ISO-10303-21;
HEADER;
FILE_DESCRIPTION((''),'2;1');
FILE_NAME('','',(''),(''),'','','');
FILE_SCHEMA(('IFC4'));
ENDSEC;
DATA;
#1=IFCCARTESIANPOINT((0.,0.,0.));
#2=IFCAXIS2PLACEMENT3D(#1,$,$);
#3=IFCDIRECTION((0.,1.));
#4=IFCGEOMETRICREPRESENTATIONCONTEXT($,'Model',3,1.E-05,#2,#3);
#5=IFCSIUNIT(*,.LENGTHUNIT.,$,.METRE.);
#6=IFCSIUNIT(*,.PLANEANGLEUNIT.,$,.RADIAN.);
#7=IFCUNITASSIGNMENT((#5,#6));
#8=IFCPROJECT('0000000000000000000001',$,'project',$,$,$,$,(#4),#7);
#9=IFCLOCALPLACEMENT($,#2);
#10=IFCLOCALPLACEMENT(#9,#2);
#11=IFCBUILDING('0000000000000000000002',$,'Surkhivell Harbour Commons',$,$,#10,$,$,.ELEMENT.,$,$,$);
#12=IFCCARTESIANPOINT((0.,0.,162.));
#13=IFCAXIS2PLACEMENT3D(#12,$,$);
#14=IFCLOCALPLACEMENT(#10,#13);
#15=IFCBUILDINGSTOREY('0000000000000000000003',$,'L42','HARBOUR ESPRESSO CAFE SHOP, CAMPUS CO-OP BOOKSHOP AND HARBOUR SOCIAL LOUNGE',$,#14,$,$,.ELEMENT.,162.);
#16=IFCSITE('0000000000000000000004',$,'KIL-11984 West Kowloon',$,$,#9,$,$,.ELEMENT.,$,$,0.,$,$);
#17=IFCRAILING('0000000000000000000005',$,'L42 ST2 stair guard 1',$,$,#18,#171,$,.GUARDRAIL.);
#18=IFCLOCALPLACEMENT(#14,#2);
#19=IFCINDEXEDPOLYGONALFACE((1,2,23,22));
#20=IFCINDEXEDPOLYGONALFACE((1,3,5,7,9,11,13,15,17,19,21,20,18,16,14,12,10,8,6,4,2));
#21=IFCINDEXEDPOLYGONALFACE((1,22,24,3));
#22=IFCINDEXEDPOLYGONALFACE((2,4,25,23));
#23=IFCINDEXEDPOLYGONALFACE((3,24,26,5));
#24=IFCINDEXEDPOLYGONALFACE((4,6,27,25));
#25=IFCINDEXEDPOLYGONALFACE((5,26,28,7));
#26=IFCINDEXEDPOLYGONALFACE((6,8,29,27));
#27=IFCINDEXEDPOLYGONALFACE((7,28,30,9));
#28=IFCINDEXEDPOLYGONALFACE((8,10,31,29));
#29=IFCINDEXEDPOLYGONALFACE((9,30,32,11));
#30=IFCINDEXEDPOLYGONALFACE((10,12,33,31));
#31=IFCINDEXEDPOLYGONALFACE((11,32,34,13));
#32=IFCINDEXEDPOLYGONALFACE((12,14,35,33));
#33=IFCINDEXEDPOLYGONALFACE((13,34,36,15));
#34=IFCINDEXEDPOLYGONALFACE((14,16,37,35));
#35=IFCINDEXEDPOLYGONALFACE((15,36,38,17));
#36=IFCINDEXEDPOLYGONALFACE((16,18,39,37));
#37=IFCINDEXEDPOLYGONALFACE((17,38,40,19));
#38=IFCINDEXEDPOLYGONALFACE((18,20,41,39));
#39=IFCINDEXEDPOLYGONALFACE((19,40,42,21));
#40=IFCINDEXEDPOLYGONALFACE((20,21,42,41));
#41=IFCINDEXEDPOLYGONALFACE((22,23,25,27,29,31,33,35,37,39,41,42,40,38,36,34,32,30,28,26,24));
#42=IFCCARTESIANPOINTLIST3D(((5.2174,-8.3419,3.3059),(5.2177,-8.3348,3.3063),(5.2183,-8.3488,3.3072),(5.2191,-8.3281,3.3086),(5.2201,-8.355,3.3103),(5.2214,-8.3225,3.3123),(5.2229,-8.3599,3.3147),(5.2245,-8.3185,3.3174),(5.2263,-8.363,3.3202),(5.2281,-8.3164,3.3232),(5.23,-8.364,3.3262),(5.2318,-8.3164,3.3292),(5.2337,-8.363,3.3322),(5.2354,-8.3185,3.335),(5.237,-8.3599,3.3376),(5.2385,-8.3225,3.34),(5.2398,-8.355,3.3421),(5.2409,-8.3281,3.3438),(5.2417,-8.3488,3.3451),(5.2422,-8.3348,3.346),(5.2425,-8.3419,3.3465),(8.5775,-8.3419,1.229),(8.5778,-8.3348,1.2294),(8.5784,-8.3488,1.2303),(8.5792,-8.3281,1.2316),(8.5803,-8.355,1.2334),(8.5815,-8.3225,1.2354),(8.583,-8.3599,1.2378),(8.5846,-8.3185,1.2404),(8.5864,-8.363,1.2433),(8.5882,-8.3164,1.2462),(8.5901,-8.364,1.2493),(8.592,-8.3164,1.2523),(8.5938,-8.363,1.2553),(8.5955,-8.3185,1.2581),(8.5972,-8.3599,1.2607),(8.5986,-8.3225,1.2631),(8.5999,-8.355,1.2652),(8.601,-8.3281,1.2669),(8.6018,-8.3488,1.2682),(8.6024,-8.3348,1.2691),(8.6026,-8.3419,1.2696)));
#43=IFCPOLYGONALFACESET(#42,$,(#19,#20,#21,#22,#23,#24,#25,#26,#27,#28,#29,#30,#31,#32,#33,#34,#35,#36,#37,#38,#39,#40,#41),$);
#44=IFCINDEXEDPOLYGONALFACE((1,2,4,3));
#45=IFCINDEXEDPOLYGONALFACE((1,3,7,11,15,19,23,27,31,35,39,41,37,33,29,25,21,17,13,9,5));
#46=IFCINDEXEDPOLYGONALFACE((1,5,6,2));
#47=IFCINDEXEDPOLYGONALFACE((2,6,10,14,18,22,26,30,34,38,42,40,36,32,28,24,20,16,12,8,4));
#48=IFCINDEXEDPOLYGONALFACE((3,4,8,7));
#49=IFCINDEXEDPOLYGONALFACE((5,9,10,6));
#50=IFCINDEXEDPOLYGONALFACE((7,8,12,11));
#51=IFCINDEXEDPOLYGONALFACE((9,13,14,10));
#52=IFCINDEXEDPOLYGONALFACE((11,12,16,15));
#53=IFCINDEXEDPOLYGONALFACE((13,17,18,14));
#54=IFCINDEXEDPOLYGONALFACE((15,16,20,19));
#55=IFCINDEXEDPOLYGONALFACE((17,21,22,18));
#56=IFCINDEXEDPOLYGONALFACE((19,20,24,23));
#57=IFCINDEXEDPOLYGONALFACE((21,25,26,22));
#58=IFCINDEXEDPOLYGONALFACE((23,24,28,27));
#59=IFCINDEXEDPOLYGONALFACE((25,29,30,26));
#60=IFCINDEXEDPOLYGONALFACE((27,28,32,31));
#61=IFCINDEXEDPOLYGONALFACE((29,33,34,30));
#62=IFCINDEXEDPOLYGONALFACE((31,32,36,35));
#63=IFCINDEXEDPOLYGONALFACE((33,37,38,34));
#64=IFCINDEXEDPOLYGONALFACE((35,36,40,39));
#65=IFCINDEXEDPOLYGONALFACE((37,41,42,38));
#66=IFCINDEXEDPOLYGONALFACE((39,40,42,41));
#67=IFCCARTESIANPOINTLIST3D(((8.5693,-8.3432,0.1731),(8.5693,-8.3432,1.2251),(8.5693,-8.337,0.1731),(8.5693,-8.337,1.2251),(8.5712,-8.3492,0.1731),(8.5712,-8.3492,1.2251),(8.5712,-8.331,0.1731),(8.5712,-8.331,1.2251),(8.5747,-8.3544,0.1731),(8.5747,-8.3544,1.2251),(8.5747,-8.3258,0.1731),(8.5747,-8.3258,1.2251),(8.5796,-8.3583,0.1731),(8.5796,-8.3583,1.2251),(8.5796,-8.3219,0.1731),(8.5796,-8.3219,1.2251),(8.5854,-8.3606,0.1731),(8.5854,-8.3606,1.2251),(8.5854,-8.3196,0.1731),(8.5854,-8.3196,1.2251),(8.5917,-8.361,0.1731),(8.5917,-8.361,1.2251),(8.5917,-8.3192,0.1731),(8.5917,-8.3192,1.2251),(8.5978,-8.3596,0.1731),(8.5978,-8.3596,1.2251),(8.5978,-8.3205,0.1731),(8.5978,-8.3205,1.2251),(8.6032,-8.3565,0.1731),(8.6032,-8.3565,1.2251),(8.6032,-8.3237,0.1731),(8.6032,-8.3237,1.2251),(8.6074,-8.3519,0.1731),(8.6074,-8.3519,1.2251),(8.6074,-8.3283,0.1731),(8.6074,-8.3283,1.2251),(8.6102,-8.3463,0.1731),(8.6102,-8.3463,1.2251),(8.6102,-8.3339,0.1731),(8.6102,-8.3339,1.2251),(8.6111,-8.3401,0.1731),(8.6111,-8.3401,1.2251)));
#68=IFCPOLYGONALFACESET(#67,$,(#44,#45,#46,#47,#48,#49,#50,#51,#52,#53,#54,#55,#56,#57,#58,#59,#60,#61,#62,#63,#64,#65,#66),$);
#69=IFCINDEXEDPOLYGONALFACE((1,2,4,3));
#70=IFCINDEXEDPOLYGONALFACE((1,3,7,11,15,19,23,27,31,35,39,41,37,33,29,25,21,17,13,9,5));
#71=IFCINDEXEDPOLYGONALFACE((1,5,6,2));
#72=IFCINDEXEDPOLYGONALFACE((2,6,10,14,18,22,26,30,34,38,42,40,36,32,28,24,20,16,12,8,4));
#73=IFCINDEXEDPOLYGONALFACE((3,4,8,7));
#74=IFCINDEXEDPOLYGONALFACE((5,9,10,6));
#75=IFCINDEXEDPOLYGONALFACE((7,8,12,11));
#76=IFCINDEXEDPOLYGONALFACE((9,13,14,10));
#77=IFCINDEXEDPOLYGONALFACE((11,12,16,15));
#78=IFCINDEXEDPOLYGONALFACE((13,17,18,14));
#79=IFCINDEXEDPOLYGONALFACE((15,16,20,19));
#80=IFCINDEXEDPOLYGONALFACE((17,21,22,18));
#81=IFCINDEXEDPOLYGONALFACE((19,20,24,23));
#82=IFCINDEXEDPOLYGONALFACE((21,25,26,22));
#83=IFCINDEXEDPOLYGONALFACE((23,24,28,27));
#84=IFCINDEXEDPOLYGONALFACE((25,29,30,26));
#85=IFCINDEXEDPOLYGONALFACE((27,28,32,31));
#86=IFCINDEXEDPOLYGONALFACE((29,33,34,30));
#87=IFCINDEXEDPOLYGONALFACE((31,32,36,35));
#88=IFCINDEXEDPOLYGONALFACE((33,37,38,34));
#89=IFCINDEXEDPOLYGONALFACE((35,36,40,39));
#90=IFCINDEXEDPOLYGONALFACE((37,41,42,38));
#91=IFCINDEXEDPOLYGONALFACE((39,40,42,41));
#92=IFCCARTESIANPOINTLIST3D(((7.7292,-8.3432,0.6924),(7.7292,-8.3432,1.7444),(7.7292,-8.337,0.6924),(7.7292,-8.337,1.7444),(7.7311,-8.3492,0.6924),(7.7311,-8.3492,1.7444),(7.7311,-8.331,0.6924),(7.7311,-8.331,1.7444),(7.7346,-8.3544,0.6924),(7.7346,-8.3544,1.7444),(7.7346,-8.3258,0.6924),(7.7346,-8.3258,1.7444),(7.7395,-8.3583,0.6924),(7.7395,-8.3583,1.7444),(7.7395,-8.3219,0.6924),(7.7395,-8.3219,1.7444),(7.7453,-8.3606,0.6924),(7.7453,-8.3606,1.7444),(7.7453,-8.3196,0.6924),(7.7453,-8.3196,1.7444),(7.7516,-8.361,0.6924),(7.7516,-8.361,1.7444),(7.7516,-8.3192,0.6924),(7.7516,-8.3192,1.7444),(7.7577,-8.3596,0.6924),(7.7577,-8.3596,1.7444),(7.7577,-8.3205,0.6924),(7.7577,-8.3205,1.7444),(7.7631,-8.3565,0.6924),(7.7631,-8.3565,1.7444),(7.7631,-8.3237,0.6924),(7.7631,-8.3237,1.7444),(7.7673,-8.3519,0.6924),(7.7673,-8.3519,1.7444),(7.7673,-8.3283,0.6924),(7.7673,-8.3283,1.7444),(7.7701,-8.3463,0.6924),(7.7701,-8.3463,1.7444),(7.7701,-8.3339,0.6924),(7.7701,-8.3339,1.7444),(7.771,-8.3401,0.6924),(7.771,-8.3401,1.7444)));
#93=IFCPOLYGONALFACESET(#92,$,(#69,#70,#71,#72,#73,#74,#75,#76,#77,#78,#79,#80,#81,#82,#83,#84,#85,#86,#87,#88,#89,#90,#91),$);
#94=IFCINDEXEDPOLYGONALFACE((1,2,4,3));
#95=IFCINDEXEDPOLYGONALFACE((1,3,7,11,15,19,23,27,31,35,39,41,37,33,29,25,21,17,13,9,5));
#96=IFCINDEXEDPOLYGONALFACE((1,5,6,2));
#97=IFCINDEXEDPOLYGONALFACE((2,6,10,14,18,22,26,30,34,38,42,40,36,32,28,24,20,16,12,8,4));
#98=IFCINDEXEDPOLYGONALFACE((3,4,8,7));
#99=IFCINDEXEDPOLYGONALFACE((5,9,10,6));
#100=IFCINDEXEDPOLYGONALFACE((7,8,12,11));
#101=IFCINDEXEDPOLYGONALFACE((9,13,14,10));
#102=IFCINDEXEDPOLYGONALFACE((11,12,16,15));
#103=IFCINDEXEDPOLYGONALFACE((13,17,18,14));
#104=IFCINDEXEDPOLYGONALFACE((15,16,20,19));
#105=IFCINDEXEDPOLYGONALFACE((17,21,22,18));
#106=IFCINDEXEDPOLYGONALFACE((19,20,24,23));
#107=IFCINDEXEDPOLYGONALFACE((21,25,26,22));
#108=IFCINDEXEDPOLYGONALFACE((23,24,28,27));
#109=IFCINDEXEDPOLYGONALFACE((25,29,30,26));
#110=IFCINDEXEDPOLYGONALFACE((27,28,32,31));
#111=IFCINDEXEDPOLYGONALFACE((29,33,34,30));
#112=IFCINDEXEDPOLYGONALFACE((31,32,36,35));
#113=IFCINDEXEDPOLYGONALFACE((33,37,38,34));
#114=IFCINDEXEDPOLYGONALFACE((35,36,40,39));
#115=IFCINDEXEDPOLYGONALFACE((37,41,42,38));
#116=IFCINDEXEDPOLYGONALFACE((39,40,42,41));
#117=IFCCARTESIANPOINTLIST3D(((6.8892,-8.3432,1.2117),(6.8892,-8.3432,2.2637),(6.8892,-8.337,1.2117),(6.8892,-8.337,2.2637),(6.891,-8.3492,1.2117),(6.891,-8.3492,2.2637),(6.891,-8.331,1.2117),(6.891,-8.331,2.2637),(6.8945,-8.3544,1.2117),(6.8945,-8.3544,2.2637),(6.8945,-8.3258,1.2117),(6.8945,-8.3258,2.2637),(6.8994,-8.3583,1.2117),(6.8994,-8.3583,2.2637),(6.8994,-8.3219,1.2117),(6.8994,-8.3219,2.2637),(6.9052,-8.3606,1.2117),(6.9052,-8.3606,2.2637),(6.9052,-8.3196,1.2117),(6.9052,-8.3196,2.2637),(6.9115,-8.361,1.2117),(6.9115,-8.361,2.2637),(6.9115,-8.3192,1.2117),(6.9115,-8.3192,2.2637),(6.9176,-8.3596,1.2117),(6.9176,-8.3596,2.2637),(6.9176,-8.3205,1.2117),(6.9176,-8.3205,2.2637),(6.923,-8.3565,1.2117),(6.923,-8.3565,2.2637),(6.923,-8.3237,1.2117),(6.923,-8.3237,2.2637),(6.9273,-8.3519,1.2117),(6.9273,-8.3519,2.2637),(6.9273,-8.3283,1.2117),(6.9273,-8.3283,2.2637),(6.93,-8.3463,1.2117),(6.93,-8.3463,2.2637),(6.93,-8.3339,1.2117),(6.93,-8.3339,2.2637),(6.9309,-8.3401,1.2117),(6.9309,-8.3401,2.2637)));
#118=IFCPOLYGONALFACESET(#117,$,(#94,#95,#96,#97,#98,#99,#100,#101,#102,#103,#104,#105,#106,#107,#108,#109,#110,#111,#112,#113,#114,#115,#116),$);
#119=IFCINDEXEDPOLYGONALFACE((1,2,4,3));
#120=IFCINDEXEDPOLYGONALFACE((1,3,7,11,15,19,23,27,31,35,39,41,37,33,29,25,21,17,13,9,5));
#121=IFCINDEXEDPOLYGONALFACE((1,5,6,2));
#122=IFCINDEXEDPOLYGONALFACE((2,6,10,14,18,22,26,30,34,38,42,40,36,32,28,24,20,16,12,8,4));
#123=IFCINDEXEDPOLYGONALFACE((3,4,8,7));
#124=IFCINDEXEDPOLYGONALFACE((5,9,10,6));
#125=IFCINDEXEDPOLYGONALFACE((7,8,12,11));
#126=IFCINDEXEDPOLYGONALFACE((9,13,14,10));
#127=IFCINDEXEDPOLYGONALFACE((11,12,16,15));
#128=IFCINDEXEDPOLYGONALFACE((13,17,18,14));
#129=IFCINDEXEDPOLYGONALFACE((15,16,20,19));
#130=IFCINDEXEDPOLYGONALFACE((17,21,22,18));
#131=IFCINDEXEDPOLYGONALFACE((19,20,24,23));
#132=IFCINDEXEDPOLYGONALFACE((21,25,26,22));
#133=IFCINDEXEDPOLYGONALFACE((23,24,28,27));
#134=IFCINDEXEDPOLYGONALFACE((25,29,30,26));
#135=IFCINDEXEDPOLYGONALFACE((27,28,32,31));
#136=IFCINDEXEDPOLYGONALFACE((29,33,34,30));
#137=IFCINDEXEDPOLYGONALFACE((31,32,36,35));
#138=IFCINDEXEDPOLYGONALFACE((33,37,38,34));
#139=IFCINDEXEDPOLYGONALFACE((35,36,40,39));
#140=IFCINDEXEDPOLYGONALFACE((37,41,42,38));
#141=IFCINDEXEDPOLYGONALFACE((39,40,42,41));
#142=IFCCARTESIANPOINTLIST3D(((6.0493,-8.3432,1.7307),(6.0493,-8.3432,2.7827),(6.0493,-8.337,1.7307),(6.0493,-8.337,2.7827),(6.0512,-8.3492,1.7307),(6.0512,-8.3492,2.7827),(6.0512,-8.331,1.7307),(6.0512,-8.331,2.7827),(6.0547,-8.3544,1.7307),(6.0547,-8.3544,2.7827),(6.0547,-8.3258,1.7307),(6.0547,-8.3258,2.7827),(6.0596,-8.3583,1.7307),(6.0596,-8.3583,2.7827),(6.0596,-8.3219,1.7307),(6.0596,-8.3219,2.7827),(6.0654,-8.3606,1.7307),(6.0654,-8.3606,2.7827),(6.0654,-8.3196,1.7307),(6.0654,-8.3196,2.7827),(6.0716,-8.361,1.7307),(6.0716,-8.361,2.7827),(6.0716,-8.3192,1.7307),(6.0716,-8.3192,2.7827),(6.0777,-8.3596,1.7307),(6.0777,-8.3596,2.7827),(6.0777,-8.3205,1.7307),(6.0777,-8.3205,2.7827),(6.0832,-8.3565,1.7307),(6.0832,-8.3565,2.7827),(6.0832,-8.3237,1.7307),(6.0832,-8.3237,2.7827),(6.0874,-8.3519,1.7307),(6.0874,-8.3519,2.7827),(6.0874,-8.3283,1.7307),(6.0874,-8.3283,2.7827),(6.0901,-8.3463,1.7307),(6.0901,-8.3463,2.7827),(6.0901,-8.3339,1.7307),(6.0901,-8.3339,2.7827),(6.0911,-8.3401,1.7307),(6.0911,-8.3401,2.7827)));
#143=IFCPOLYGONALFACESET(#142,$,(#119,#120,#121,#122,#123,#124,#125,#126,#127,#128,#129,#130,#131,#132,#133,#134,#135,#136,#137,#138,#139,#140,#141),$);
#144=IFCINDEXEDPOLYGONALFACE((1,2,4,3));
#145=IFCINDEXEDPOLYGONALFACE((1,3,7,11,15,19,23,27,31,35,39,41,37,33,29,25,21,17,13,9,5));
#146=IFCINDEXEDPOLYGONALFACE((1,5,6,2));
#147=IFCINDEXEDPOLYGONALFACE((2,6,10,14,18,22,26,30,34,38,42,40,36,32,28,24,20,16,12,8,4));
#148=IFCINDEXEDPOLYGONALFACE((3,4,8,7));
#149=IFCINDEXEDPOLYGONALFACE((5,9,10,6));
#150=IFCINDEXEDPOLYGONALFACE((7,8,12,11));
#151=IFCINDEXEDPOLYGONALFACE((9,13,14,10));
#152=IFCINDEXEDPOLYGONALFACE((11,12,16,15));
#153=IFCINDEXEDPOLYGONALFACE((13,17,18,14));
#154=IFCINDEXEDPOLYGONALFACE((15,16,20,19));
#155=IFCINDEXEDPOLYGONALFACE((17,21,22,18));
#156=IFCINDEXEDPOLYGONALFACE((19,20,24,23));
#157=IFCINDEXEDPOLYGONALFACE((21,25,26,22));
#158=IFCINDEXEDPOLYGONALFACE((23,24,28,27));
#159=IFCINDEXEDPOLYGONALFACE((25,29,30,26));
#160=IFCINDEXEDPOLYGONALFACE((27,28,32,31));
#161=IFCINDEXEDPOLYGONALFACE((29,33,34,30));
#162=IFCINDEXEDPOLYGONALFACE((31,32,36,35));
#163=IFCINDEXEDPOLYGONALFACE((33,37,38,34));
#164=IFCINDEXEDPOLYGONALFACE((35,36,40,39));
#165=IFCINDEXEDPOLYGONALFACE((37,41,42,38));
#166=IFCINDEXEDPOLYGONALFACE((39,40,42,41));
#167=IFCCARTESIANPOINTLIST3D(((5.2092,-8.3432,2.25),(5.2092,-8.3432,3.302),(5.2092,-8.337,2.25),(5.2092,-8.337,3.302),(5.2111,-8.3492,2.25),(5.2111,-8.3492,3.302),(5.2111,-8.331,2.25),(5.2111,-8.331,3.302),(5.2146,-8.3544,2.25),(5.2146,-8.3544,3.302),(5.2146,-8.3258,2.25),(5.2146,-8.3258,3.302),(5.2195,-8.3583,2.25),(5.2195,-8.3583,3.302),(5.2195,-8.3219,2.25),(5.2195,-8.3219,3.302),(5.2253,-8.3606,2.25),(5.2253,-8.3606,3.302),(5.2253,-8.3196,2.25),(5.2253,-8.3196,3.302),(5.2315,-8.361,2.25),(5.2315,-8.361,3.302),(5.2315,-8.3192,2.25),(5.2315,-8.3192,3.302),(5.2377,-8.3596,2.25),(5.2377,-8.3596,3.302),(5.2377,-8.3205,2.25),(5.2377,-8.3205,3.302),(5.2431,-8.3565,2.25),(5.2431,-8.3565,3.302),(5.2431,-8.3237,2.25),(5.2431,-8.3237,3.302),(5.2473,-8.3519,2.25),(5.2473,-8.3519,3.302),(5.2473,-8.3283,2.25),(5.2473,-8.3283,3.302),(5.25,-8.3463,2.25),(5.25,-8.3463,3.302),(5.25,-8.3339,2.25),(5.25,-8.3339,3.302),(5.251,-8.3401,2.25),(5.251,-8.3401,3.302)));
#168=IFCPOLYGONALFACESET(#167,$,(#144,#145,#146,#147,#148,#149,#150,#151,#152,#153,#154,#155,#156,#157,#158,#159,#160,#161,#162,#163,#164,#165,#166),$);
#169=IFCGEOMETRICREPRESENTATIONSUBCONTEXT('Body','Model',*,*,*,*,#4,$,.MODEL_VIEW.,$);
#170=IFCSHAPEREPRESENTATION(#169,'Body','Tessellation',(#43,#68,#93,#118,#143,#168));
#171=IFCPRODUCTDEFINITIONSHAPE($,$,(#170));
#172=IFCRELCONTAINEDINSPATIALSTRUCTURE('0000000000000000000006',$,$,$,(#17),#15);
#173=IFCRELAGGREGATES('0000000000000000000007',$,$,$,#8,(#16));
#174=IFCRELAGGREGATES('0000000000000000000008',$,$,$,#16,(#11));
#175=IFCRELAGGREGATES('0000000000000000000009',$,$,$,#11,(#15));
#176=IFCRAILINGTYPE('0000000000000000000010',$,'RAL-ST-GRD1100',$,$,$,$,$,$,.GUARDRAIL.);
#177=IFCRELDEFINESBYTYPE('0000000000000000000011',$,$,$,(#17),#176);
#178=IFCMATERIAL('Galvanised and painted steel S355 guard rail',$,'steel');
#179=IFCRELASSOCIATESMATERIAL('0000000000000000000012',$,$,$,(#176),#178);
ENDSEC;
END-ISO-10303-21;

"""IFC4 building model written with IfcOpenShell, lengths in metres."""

from ifc_helpers import new_model, si_unit, direction, frame, origin, origin_2d, place, context, subcontext, project, spatial, circle, extrude, material, type_object, element, save


model = new_model("IFC4")

# Units and contexts
model_context = context("Model", 3, precision=1e-05, world=origin(), true_north=direction((0.0, 1.0)))
body_context = subcontext(model_context, "Body", "Model", "MODEL_VIEW")
ifc_project = project(units=[si_unit("LENGTHUNIT", "METRE"), si_unit("PLANEANGLEUNIT", "RADIAN")], contexts=[model_context])

# Site, building, storey
site_placement = place(None, origin())
site = spatial("IfcSite", under=ifc_project, at=site_placement, Name="KIL-11984 West Kowloon", CompositionType="ELEMENT", RefElevation=0.0)
building_placement = place(site_placement, origin())
building = spatial("IfcBuilding", under=site, at=building_placement, Name="Surkhivell Harbour Commons", CompositionType="ELEMENT")
storey_placement = place(building_placement, frame((0.0, 0.0, 162.0)))
storey = spatial("IfcBuildingStorey", under=building, at=storey_placement, Name="L42", Description="HARBOUR ESPRESSO CAFE SHOP, CAMPUS CO-OP BOOKSHOP AND HARBOUR SOCIAL LOUNGE", CompositionType="ELEMENT", Elevation=162.0)

# Railing
ifc_material_1 = material(Name="Galvanised and painted steel S355 guard rail", Category="steel")
railing_type = type_object("IfcRailingType", Name="RAL-ST-GRD1100", PredefinedType="GUARDRAIL", material=ifc_material_1)
railing_1_placement = place(storey_placement, frame((8.5901, -8.3401, 0.1731)))
element("IfcRailing", 1, at=railing_1_placement, inside=storey, type_object=railing_type, Name="L42 ST2 stair guard 1", PredefinedType="GUARDRAIL", context=body_context, shape_type="SweptSolid", body=[
    extrude(circle(Radius=0.0239, at=origin_2d()), frame((0.0, 0.0, 1.0762), z_axis=(-0.850623, 0.0, 0.525776), x_axis=(0.0, -1.0, 0.0)), (0.0, 0.0, 1.0), 3.9502),
    extrude(circle(Radius=0.021, at=origin_2d()), origin(), (0.0, 0.0, 1.0), 1.052),
    extrude(circle(Radius=0.021, at=origin_2d()), frame((-0.8401, 0.0, 0.5193)), (0.0, 0.0, 1.0), 1.052),
    extrude(circle(Radius=0.021, at=origin_2d()), frame((-1.6802, 0.0, 1.0386)), (0.0, 0.0, 1.0), 1.052),
    extrude(circle(Radius=0.021, at=origin_2d()), frame((-2.52, 0.0, 1.5576)), (0.0, 0.0, 1.0), 1.052),
    extrude(circle(Radius=0.021, at=origin_2d()), frame((-3.3601, 0.0, 2.0769)), (0.0, 0.0, 1.0), 1.052),
])

save(model, "model.ifc")
